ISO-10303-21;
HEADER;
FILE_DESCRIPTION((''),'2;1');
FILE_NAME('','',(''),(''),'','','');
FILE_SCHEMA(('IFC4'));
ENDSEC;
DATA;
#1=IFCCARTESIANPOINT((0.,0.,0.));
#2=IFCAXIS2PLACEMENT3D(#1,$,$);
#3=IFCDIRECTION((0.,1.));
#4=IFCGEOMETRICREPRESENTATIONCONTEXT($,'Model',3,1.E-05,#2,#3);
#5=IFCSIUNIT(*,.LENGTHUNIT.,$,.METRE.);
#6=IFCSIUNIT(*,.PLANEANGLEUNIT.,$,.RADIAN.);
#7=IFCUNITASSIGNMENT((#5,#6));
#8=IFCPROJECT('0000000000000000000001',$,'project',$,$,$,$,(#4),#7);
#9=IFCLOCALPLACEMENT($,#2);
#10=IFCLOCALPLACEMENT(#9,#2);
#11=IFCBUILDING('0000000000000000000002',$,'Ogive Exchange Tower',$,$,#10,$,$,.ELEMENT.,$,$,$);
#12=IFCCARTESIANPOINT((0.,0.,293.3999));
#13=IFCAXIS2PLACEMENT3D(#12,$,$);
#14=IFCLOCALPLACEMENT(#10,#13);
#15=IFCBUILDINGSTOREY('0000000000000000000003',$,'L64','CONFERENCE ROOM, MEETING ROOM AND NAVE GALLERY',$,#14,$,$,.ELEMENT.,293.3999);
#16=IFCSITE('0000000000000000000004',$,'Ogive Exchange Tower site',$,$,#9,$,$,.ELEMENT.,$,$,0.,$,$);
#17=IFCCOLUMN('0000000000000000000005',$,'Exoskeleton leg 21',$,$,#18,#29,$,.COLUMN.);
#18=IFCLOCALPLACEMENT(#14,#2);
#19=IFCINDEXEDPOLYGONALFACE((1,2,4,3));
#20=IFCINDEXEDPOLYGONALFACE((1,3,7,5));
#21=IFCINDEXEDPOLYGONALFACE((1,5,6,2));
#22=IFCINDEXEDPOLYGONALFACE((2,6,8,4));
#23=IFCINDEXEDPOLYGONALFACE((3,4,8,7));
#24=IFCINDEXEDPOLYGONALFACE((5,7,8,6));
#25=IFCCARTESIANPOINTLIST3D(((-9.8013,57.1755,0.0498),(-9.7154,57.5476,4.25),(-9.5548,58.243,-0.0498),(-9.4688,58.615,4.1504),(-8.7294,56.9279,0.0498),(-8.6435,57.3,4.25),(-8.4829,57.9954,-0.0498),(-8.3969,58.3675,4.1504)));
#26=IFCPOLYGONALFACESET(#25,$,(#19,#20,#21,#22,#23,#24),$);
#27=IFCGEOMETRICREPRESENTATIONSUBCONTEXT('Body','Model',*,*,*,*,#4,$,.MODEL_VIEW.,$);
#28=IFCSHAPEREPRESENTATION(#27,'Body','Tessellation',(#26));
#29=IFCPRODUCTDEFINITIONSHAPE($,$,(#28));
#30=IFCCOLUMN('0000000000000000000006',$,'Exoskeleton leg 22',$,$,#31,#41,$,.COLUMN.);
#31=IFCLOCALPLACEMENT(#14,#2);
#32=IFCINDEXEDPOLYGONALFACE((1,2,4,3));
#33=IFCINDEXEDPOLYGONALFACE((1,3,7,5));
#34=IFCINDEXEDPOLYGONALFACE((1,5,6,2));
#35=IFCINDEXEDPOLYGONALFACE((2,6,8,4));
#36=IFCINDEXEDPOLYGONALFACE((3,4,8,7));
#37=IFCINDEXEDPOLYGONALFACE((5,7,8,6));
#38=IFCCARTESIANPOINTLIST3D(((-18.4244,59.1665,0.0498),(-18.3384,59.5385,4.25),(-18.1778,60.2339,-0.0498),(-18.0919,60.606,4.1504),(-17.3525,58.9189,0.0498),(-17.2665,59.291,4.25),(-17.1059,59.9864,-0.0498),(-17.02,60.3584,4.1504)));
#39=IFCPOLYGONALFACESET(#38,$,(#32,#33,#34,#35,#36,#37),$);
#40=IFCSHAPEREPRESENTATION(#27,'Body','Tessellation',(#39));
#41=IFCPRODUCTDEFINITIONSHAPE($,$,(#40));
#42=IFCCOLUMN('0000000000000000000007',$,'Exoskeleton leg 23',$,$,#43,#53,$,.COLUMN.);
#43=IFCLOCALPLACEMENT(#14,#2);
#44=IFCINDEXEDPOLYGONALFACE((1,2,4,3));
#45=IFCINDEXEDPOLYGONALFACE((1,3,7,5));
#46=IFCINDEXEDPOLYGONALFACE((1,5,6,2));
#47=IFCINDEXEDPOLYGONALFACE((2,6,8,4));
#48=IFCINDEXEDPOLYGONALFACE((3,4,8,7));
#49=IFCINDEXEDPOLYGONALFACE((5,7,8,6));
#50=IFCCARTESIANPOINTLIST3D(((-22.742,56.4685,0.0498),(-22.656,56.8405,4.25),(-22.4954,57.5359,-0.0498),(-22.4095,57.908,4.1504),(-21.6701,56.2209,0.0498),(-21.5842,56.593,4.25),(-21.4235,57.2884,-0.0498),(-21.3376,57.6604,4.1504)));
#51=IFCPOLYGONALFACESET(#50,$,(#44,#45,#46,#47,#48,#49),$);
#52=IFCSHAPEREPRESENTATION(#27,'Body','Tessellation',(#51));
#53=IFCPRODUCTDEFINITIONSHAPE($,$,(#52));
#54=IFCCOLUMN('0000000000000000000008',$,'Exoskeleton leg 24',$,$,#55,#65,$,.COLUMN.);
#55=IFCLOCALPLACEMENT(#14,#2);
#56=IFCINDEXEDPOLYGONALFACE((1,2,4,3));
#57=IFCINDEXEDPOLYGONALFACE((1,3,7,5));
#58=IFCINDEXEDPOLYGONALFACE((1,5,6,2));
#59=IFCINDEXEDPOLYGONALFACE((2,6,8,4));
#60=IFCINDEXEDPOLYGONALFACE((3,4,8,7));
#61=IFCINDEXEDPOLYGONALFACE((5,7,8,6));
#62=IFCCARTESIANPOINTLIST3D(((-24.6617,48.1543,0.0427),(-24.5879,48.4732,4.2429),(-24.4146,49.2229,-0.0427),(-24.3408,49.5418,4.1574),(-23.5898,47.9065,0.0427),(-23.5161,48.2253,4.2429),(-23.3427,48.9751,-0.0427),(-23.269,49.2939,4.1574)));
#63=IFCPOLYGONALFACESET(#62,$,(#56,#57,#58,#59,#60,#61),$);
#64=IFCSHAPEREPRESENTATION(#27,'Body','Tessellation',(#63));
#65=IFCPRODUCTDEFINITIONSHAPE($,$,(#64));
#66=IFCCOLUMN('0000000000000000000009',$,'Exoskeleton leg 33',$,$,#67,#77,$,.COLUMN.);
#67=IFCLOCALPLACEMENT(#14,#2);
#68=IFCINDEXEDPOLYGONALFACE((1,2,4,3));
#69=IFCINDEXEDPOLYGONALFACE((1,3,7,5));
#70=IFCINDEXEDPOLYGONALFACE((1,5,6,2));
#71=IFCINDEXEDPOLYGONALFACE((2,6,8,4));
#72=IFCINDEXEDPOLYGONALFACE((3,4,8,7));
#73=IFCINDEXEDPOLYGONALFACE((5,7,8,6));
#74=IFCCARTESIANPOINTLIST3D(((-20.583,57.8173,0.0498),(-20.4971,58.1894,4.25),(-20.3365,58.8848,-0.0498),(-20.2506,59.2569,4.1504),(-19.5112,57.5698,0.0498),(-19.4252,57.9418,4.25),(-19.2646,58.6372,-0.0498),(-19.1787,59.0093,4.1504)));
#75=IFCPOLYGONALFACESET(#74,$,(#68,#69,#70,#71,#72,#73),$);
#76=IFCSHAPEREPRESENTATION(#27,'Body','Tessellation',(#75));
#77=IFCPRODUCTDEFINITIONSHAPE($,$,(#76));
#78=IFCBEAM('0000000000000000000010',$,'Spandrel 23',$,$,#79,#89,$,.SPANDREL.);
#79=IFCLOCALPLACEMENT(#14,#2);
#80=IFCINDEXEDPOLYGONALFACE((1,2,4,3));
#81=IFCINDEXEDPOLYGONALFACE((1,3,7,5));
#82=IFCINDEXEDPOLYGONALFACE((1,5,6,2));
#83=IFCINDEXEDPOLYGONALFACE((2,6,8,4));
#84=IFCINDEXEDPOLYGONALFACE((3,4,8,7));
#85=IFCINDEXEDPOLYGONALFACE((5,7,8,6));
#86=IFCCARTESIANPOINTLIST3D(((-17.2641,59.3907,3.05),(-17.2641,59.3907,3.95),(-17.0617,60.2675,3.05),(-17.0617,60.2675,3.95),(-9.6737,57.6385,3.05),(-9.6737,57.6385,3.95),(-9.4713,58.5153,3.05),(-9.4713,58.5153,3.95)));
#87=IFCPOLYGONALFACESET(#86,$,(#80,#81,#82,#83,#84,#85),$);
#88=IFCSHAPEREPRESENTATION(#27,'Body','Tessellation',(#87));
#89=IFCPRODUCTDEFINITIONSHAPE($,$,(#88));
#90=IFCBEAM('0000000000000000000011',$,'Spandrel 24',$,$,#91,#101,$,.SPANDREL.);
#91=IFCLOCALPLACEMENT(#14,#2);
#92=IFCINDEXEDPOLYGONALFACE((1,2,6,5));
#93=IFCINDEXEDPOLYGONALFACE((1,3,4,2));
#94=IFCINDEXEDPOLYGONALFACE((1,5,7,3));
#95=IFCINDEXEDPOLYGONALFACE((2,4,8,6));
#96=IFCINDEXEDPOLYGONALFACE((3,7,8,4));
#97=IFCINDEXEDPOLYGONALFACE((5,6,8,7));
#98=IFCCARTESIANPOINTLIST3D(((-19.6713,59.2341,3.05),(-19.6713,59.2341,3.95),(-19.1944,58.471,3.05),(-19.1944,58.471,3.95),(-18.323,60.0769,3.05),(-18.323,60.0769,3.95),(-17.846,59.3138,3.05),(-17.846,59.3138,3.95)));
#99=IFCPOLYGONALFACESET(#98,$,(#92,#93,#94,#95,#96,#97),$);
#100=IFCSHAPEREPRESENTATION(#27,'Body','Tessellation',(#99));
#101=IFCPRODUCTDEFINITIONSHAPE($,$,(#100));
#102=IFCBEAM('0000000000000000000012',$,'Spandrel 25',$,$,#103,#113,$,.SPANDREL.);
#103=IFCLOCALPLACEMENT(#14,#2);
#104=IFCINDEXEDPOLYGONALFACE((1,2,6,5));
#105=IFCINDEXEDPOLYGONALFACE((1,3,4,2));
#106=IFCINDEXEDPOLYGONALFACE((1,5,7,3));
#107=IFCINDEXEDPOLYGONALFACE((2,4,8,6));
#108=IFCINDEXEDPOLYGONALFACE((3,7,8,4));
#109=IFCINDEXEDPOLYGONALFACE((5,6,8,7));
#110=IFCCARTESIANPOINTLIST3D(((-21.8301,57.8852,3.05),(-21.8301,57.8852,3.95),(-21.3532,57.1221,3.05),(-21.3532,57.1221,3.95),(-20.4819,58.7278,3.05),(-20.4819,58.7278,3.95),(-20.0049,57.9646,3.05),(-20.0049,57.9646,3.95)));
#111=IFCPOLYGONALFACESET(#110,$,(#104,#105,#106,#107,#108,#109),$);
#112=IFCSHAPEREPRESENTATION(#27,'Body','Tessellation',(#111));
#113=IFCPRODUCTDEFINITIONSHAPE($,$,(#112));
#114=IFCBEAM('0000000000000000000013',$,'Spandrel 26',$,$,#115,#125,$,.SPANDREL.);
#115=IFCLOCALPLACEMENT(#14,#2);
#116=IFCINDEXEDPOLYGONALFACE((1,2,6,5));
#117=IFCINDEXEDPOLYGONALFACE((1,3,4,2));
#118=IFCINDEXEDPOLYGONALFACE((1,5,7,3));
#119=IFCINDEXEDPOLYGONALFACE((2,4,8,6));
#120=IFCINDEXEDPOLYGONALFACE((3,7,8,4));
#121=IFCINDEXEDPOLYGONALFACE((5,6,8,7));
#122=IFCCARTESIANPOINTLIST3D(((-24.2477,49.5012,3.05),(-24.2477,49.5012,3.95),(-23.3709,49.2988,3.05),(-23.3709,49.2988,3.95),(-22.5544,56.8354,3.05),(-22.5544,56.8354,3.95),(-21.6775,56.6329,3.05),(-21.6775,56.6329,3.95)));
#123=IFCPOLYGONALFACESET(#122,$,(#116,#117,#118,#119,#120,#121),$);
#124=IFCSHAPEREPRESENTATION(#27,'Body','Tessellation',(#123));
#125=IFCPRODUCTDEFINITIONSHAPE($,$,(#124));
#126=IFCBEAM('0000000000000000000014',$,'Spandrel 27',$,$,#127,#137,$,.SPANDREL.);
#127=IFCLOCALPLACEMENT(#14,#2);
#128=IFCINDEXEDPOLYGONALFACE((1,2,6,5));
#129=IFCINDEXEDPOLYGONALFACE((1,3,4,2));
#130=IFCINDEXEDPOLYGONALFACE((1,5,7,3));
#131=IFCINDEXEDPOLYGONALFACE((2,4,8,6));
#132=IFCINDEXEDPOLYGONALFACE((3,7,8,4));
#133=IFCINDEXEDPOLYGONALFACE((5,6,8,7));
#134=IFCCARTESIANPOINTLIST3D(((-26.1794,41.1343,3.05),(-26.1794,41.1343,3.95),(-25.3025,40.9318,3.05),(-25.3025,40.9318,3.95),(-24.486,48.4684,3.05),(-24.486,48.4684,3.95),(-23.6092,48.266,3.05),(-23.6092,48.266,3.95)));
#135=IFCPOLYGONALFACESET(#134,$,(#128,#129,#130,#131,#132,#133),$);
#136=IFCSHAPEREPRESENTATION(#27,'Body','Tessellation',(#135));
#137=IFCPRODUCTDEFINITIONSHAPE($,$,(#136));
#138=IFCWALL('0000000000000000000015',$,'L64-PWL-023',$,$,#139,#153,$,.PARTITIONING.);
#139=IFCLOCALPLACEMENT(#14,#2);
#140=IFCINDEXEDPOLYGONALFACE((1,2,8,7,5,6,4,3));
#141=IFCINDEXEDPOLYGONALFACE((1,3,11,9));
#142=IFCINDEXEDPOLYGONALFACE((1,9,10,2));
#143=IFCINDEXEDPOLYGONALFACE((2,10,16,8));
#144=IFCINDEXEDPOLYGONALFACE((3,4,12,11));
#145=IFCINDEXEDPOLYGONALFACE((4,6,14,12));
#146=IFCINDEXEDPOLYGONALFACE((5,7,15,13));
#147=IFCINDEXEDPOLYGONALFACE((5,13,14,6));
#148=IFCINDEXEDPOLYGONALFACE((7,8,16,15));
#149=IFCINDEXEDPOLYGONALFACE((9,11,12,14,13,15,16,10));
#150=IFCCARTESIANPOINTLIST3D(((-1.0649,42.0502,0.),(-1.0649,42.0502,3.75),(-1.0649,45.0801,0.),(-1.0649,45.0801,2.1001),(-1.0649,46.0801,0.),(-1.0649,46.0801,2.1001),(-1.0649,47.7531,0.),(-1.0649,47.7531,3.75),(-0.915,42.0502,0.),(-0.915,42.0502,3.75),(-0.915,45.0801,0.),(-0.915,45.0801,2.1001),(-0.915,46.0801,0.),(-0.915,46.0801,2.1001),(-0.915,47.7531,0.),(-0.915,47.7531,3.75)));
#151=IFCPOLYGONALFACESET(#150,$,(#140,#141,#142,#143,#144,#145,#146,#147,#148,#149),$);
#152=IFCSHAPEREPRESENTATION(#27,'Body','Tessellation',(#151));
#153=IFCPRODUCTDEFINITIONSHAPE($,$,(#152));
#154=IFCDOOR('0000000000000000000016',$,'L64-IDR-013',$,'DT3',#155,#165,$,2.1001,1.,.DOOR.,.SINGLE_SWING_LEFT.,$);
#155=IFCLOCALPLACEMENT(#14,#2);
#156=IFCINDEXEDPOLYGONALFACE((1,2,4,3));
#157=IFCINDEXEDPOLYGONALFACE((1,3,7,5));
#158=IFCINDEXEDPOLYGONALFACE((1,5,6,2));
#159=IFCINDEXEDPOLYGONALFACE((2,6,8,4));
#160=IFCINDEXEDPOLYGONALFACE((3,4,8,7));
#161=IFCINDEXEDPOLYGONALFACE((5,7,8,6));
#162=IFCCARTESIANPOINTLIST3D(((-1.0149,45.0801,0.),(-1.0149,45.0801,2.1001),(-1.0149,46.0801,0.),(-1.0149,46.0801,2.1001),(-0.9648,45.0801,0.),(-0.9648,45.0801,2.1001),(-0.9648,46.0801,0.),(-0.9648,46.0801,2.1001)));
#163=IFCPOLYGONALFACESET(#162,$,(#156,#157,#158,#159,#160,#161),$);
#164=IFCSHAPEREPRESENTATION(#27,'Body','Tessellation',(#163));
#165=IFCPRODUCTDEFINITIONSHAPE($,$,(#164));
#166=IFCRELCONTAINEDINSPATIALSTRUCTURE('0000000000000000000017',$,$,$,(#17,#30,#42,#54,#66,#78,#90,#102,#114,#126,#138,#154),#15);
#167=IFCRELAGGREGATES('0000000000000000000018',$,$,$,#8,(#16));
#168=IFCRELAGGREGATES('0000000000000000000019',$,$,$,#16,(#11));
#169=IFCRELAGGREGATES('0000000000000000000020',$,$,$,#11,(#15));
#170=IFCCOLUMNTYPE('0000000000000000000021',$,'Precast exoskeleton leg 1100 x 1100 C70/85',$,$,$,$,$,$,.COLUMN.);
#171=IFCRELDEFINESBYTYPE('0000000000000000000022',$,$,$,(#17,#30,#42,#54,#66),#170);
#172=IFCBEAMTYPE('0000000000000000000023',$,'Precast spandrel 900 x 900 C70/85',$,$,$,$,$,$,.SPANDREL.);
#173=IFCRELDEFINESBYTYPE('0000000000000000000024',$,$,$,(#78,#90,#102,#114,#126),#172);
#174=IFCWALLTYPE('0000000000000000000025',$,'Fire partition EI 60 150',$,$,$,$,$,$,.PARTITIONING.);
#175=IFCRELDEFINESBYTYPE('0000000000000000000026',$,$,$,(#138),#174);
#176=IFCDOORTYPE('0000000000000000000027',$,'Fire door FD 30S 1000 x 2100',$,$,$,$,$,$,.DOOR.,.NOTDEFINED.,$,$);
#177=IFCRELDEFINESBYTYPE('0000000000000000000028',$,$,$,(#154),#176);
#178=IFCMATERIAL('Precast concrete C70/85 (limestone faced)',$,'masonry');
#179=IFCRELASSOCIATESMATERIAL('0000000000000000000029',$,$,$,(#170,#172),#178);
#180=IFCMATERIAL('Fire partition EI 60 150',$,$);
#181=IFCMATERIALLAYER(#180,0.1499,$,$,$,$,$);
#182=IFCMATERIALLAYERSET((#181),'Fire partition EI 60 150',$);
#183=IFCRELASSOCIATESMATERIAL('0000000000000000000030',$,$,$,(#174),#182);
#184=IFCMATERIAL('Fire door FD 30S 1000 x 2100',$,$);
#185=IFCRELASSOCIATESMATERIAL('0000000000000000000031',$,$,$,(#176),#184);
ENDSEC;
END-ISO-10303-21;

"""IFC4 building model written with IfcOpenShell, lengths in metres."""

from ifc_helpers import new_model, si_unit, direction, frame, frame_2d, origin, origin_2d, place, context, subcontext, project, spatial, rectangle, extrude, material, layer, layer_set, material_profile, profile_set, type_object, element, fill, save


model = new_model("IFC4")

# Units and contexts
model_context = context("Model", 3, precision=1e-05, world=origin(), true_north=direction((0.0, 1.0)))
body_context = subcontext(model_context, "Body", "Model", "MODEL_VIEW")
ifc_project = project(units=[si_unit("LENGTHUNIT", "METRE"), si_unit("PLANEANGLEUNIT", "RADIAN")], contexts=[model_context])

# Site, building, storey
site_placement = place(None, origin())
site = spatial("IfcSite", under=ifc_project, at=site_placement, Name="Ogive Exchange Tower site", CompositionType="ELEMENT", RefElevation=0.0)
building_placement = place(site_placement, origin())
building = spatial("IfcBuilding", under=site, at=building_placement, Name="Ogive Exchange Tower", CompositionType="ELEMENT")
storey_placement = place(building_placement, frame((0.0, 0.0, 293.3999)))
storey = spatial("IfcBuildingStorey", under=building, at=storey_placement, Name="L64", Description="CONFERENCE ROOM, MEETING ROOM AND NAVE GALLERY", CompositionType="ELEMENT", Elevation=293.3999)

# Columns
ifc_material_1 = material(Name="Precast concrete C70/85 (limestone faced)", Category="masonry")
ifc_material_profile_1 = material_profile(ifc_material_1, rectangle(XDim=1.1001, YDim=1.1001, at=origin_2d()), Name="1100 x 1100")
ifc_profile_set_1 = profile_set([ifc_material_profile_1], Name="Precast concrete C70/85 (limestone faced)")
column_type = type_object("IfcColumnType", Name="Precast exoskeleton leg 1100 x 1100 C70/85", PredefinedType="COLUMN", material=ifc_profile_set_1)
for number, where, z_axis, x_axis, name in (
    (1, (-9.1421, 57.5854, 0.0), (0.020376, 0.08822, 0.995893), (-0.974348, 0.225046, 0.0), "Exoskeleton leg 21"),
    (2, (-17.7651, 59.5764, 0.0), (0.020376, 0.08822, 0.995893), (-0.974348, 0.225046, 0.0), "Exoskeleton leg 22"),
    (3, (-22.0828, 56.8784, 0.0), (0.020376, 0.08822, 0.995893), (-0.974348, 0.225046, 0.0), "Exoskeleton leg 23"),
):
    element("IfcColumn", number, at=place(storey_placement, frame(where, z_axis=z_axis, x_axis=x_axis)), inside=storey, type_object=column_type, Name=name, PredefinedType="COLUMN", context=body_context, shape_type="SweptSolid", body=[
        extrude(rectangle(XDim=1.1001, YDim=1.1001, at=origin_2d()), origin(), (0.0, 0.0, 1.0), 4.2175),
    ])
column_1_placement = place(storey_placement, frame((-24.0022, 48.5647, 0.0), z_axis=(0.017501, 0.075683, 0.996978), x_axis=(-0.974291, 0.225295, 0.0)))
element("IfcColumn", 4, at=column_1_placement, inside=storey, type_object=column_type, Name="Exoskeleton leg 24", PredefinedType="COLUMN", context=body_context, shape_type="SweptSolid", body=[
    extrude(rectangle(XDim=1.1001, YDim=1.1001, at=origin_2d()), origin(), (0.0, 0.0, 1.0), 4.2129),
])
column_2_placement = place(storey_placement, frame((-19.9238, 58.2273, 0.0), z_axis=(0.020376, 0.08822, 0.995893), x_axis=(-0.974348, 0.225046, 0.0)))
element("IfcColumn", 5, at=column_2_placement, inside=storey, type_object=column_type, Name="Exoskeleton leg 33", PredefinedType="COLUMN", context=body_context, shape_type="SweptSolid", body=[
    extrude(rectangle(XDim=1.1001, YDim=1.1001, at=origin_2d()), origin(), (0.0, 0.0, 1.0), 4.2175),
])

# Beams
ifc_material_profile_2 = material_profile(ifc_material_1, rectangle(XDim=0.8999, YDim=0.8999, at=origin_2d()), Name="900 x 900")
ifc_profile_set_2 = profile_set([ifc_material_profile_2], Name="Precast concrete C70/85 (limestone faced)")
beam_type = type_object("IfcBeamType", Name="Precast spandrel 900 x 900 C70/85", PredefinedType="SPANDREL", material=ifc_profile_set_2)
beam_1_placement = place(storey_placement, frame((-9.5725, 58.0769, 3.5), z_axis=(-0.974375, 0.22493, 0.0), x_axis=(-0.22493, -0.974375, 0.0)))
element("IfcBeam", 6, at=beam_1_placement, inside=storey, type_object=beam_type, Name="Spandrel 23", PredefinedType="SPANDREL", context=body_context, shape_type="SweptSolid", body=[
    extrude(rectangle(XDim=0.8999, YDim=0.8999, at=origin_2d()), origin(), (0.0, 0.0, 1.0), 7.79),
])
beam_2_placement = place(storey_placement, frame((-18.0845, 59.6953, 3.5), z_axis=(-0.84799, -0.530013, 0.0), x_axis=(0.530013, -0.84799, 0.0)))
element("IfcBeam", 7, at=beam_2_placement, inside=storey, type_object=beam_type, Name="Spandrel 24", PredefinedType="SPANDREL", context=body_context, shape_type="SweptSolid", body=[
    extrude(rectangle(XDim=0.8999, YDim=0.8999, at=origin_2d()), origin(), (0.0, 0.0, 1.0), 1.5901),
])
beam_3_placement = place(storey_placement, frame((-20.2434, 58.3462, 3.5), z_axis=(-0.848016, -0.529971, 0.0), x_axis=(0.529971, -0.848016, 0.0)))
element("IfcBeam", 8, at=beam_3_placement, inside=storey, type_object=beam_type, Name="Spandrel 25", PredefinedType="SPANDREL", context=body_context, shape_type="SweptSolid", body=[
    extrude(rectangle(XDim=0.8999, YDim=0.8999, at=origin_2d()), origin(), (0.0, 0.0, 1.0), 1.5898),
])
for number, where, z_axis, x_axis, name in (
    (9, (-22.116, 56.7341, 3.5), (-0.224966, -0.974367, 0.0), (0.974367, -0.224966, 0.0), "Spandrel 26"),
    (10, (-24.0476, 48.3672, 3.5), (-0.224966, -0.974367, 0.0), (0.974367, -0.224966, 0.0), "Spandrel 27"),
):
    element("IfcBeam", number, at=place(storey_placement, frame(where, z_axis=z_axis, x_axis=x_axis)), inside=storey, type_object=beam_type, Name=name, PredefinedType="SPANDREL", context=body_context, shape_type="SweptSolid", body=[
        extrude(rectangle(XDim=0.8999, YDim=0.8999, at=origin_2d()), origin(), (0.0, 0.0, 1.0), 7.5271),
    ])

# Wall, opening, door
ifc_material_2 = material(Name="Fire partition EI 60 150")
ifc_layer_1 = layer(ifc_material_2, 0.1499)
ifc_layer_set_1 = layer_set([ifc_layer_1], Name="Fire partition EI 60 150")
wall_type_1 = type_object("IfcWallType", Name="Fire partition EI 60 150", PredefinedType="PARTITIONING", material=ifc_layer_set_1)
wall_1_placement = place(storey_placement, frame((-0.99, 42.05, 0.0), z_axis=(0.0, 0.0, 1.0), x_axis=(0.0, 1.0, 0.0)))
wall_1 = element("IfcWall", 11, at=wall_1_placement, inside=storey, type_object=wall_type_1, Name="L64-PWL-023", PredefinedType="PARTITIONING", context=body_context, shape_type="SweptSolid", body=[
    extrude(rectangle(XDim=5.7029, YDim=0.1499, at=frame_2d((2.8516, 0.0))), origin(), (0.0, 0.0, 1.0), 3.75),
])
opening_1_placement = place(wall_1_placement, frame((3.03, 0.0, 0.0)))
opening_1 = element("IfcOpeningElement", 12, at=opening_1_placement, cuts=wall_1, PredefinedType="OPENING", context=body_context, shape_type="SweptSolid", body=[
    extrude(rectangle(XDim=1.0, YDim=2.1001, at=frame_2d((0.5, 1.05))), frame((0.0, 0.085, 0.0), z_axis=(0.0, -1.0, 0.0), x_axis=(1.0, 0.0, 0.0)), (0.0, 0.0, 1.0), 0.1699),
])
ifc_material_3 = material(Name="Fire door FD 30S 1000 x 2100")
door_type_1 = type_object("IfcDoorType", Name="Fire door FD 30S 1000 x 2100", OperationType="NOTDEFINED", PredefinedType="DOOR", material=ifc_material_3)
door_1_placement = place(opening_1_placement, origin())
door_1 = element("IfcDoor", 13, at=door_1_placement, inside=storey, type_object=door_type_1, Name="L64-IDR-013", ObjectType="DT3", OperationType="SINGLE_SWING_LEFT", OverallHeight=2.1001, OverallWidth=1.0, PredefinedType="DOOR", context=body_context, shape_type="SweptSolid", body=[
    extrude(rectangle(XDim=1.0, YDim=2.1001, at=frame_2d((0.5, 1.05))), frame((0.0, 0.0249, 0.0), z_axis=(0.0, -1.0, 0.0), x_axis=(1.0, 0.0, 0.0)), (0.0, 0.0, 1.0), 0.05),
])
fill(opening_1, door_1)

save(model, "model.ifc")
